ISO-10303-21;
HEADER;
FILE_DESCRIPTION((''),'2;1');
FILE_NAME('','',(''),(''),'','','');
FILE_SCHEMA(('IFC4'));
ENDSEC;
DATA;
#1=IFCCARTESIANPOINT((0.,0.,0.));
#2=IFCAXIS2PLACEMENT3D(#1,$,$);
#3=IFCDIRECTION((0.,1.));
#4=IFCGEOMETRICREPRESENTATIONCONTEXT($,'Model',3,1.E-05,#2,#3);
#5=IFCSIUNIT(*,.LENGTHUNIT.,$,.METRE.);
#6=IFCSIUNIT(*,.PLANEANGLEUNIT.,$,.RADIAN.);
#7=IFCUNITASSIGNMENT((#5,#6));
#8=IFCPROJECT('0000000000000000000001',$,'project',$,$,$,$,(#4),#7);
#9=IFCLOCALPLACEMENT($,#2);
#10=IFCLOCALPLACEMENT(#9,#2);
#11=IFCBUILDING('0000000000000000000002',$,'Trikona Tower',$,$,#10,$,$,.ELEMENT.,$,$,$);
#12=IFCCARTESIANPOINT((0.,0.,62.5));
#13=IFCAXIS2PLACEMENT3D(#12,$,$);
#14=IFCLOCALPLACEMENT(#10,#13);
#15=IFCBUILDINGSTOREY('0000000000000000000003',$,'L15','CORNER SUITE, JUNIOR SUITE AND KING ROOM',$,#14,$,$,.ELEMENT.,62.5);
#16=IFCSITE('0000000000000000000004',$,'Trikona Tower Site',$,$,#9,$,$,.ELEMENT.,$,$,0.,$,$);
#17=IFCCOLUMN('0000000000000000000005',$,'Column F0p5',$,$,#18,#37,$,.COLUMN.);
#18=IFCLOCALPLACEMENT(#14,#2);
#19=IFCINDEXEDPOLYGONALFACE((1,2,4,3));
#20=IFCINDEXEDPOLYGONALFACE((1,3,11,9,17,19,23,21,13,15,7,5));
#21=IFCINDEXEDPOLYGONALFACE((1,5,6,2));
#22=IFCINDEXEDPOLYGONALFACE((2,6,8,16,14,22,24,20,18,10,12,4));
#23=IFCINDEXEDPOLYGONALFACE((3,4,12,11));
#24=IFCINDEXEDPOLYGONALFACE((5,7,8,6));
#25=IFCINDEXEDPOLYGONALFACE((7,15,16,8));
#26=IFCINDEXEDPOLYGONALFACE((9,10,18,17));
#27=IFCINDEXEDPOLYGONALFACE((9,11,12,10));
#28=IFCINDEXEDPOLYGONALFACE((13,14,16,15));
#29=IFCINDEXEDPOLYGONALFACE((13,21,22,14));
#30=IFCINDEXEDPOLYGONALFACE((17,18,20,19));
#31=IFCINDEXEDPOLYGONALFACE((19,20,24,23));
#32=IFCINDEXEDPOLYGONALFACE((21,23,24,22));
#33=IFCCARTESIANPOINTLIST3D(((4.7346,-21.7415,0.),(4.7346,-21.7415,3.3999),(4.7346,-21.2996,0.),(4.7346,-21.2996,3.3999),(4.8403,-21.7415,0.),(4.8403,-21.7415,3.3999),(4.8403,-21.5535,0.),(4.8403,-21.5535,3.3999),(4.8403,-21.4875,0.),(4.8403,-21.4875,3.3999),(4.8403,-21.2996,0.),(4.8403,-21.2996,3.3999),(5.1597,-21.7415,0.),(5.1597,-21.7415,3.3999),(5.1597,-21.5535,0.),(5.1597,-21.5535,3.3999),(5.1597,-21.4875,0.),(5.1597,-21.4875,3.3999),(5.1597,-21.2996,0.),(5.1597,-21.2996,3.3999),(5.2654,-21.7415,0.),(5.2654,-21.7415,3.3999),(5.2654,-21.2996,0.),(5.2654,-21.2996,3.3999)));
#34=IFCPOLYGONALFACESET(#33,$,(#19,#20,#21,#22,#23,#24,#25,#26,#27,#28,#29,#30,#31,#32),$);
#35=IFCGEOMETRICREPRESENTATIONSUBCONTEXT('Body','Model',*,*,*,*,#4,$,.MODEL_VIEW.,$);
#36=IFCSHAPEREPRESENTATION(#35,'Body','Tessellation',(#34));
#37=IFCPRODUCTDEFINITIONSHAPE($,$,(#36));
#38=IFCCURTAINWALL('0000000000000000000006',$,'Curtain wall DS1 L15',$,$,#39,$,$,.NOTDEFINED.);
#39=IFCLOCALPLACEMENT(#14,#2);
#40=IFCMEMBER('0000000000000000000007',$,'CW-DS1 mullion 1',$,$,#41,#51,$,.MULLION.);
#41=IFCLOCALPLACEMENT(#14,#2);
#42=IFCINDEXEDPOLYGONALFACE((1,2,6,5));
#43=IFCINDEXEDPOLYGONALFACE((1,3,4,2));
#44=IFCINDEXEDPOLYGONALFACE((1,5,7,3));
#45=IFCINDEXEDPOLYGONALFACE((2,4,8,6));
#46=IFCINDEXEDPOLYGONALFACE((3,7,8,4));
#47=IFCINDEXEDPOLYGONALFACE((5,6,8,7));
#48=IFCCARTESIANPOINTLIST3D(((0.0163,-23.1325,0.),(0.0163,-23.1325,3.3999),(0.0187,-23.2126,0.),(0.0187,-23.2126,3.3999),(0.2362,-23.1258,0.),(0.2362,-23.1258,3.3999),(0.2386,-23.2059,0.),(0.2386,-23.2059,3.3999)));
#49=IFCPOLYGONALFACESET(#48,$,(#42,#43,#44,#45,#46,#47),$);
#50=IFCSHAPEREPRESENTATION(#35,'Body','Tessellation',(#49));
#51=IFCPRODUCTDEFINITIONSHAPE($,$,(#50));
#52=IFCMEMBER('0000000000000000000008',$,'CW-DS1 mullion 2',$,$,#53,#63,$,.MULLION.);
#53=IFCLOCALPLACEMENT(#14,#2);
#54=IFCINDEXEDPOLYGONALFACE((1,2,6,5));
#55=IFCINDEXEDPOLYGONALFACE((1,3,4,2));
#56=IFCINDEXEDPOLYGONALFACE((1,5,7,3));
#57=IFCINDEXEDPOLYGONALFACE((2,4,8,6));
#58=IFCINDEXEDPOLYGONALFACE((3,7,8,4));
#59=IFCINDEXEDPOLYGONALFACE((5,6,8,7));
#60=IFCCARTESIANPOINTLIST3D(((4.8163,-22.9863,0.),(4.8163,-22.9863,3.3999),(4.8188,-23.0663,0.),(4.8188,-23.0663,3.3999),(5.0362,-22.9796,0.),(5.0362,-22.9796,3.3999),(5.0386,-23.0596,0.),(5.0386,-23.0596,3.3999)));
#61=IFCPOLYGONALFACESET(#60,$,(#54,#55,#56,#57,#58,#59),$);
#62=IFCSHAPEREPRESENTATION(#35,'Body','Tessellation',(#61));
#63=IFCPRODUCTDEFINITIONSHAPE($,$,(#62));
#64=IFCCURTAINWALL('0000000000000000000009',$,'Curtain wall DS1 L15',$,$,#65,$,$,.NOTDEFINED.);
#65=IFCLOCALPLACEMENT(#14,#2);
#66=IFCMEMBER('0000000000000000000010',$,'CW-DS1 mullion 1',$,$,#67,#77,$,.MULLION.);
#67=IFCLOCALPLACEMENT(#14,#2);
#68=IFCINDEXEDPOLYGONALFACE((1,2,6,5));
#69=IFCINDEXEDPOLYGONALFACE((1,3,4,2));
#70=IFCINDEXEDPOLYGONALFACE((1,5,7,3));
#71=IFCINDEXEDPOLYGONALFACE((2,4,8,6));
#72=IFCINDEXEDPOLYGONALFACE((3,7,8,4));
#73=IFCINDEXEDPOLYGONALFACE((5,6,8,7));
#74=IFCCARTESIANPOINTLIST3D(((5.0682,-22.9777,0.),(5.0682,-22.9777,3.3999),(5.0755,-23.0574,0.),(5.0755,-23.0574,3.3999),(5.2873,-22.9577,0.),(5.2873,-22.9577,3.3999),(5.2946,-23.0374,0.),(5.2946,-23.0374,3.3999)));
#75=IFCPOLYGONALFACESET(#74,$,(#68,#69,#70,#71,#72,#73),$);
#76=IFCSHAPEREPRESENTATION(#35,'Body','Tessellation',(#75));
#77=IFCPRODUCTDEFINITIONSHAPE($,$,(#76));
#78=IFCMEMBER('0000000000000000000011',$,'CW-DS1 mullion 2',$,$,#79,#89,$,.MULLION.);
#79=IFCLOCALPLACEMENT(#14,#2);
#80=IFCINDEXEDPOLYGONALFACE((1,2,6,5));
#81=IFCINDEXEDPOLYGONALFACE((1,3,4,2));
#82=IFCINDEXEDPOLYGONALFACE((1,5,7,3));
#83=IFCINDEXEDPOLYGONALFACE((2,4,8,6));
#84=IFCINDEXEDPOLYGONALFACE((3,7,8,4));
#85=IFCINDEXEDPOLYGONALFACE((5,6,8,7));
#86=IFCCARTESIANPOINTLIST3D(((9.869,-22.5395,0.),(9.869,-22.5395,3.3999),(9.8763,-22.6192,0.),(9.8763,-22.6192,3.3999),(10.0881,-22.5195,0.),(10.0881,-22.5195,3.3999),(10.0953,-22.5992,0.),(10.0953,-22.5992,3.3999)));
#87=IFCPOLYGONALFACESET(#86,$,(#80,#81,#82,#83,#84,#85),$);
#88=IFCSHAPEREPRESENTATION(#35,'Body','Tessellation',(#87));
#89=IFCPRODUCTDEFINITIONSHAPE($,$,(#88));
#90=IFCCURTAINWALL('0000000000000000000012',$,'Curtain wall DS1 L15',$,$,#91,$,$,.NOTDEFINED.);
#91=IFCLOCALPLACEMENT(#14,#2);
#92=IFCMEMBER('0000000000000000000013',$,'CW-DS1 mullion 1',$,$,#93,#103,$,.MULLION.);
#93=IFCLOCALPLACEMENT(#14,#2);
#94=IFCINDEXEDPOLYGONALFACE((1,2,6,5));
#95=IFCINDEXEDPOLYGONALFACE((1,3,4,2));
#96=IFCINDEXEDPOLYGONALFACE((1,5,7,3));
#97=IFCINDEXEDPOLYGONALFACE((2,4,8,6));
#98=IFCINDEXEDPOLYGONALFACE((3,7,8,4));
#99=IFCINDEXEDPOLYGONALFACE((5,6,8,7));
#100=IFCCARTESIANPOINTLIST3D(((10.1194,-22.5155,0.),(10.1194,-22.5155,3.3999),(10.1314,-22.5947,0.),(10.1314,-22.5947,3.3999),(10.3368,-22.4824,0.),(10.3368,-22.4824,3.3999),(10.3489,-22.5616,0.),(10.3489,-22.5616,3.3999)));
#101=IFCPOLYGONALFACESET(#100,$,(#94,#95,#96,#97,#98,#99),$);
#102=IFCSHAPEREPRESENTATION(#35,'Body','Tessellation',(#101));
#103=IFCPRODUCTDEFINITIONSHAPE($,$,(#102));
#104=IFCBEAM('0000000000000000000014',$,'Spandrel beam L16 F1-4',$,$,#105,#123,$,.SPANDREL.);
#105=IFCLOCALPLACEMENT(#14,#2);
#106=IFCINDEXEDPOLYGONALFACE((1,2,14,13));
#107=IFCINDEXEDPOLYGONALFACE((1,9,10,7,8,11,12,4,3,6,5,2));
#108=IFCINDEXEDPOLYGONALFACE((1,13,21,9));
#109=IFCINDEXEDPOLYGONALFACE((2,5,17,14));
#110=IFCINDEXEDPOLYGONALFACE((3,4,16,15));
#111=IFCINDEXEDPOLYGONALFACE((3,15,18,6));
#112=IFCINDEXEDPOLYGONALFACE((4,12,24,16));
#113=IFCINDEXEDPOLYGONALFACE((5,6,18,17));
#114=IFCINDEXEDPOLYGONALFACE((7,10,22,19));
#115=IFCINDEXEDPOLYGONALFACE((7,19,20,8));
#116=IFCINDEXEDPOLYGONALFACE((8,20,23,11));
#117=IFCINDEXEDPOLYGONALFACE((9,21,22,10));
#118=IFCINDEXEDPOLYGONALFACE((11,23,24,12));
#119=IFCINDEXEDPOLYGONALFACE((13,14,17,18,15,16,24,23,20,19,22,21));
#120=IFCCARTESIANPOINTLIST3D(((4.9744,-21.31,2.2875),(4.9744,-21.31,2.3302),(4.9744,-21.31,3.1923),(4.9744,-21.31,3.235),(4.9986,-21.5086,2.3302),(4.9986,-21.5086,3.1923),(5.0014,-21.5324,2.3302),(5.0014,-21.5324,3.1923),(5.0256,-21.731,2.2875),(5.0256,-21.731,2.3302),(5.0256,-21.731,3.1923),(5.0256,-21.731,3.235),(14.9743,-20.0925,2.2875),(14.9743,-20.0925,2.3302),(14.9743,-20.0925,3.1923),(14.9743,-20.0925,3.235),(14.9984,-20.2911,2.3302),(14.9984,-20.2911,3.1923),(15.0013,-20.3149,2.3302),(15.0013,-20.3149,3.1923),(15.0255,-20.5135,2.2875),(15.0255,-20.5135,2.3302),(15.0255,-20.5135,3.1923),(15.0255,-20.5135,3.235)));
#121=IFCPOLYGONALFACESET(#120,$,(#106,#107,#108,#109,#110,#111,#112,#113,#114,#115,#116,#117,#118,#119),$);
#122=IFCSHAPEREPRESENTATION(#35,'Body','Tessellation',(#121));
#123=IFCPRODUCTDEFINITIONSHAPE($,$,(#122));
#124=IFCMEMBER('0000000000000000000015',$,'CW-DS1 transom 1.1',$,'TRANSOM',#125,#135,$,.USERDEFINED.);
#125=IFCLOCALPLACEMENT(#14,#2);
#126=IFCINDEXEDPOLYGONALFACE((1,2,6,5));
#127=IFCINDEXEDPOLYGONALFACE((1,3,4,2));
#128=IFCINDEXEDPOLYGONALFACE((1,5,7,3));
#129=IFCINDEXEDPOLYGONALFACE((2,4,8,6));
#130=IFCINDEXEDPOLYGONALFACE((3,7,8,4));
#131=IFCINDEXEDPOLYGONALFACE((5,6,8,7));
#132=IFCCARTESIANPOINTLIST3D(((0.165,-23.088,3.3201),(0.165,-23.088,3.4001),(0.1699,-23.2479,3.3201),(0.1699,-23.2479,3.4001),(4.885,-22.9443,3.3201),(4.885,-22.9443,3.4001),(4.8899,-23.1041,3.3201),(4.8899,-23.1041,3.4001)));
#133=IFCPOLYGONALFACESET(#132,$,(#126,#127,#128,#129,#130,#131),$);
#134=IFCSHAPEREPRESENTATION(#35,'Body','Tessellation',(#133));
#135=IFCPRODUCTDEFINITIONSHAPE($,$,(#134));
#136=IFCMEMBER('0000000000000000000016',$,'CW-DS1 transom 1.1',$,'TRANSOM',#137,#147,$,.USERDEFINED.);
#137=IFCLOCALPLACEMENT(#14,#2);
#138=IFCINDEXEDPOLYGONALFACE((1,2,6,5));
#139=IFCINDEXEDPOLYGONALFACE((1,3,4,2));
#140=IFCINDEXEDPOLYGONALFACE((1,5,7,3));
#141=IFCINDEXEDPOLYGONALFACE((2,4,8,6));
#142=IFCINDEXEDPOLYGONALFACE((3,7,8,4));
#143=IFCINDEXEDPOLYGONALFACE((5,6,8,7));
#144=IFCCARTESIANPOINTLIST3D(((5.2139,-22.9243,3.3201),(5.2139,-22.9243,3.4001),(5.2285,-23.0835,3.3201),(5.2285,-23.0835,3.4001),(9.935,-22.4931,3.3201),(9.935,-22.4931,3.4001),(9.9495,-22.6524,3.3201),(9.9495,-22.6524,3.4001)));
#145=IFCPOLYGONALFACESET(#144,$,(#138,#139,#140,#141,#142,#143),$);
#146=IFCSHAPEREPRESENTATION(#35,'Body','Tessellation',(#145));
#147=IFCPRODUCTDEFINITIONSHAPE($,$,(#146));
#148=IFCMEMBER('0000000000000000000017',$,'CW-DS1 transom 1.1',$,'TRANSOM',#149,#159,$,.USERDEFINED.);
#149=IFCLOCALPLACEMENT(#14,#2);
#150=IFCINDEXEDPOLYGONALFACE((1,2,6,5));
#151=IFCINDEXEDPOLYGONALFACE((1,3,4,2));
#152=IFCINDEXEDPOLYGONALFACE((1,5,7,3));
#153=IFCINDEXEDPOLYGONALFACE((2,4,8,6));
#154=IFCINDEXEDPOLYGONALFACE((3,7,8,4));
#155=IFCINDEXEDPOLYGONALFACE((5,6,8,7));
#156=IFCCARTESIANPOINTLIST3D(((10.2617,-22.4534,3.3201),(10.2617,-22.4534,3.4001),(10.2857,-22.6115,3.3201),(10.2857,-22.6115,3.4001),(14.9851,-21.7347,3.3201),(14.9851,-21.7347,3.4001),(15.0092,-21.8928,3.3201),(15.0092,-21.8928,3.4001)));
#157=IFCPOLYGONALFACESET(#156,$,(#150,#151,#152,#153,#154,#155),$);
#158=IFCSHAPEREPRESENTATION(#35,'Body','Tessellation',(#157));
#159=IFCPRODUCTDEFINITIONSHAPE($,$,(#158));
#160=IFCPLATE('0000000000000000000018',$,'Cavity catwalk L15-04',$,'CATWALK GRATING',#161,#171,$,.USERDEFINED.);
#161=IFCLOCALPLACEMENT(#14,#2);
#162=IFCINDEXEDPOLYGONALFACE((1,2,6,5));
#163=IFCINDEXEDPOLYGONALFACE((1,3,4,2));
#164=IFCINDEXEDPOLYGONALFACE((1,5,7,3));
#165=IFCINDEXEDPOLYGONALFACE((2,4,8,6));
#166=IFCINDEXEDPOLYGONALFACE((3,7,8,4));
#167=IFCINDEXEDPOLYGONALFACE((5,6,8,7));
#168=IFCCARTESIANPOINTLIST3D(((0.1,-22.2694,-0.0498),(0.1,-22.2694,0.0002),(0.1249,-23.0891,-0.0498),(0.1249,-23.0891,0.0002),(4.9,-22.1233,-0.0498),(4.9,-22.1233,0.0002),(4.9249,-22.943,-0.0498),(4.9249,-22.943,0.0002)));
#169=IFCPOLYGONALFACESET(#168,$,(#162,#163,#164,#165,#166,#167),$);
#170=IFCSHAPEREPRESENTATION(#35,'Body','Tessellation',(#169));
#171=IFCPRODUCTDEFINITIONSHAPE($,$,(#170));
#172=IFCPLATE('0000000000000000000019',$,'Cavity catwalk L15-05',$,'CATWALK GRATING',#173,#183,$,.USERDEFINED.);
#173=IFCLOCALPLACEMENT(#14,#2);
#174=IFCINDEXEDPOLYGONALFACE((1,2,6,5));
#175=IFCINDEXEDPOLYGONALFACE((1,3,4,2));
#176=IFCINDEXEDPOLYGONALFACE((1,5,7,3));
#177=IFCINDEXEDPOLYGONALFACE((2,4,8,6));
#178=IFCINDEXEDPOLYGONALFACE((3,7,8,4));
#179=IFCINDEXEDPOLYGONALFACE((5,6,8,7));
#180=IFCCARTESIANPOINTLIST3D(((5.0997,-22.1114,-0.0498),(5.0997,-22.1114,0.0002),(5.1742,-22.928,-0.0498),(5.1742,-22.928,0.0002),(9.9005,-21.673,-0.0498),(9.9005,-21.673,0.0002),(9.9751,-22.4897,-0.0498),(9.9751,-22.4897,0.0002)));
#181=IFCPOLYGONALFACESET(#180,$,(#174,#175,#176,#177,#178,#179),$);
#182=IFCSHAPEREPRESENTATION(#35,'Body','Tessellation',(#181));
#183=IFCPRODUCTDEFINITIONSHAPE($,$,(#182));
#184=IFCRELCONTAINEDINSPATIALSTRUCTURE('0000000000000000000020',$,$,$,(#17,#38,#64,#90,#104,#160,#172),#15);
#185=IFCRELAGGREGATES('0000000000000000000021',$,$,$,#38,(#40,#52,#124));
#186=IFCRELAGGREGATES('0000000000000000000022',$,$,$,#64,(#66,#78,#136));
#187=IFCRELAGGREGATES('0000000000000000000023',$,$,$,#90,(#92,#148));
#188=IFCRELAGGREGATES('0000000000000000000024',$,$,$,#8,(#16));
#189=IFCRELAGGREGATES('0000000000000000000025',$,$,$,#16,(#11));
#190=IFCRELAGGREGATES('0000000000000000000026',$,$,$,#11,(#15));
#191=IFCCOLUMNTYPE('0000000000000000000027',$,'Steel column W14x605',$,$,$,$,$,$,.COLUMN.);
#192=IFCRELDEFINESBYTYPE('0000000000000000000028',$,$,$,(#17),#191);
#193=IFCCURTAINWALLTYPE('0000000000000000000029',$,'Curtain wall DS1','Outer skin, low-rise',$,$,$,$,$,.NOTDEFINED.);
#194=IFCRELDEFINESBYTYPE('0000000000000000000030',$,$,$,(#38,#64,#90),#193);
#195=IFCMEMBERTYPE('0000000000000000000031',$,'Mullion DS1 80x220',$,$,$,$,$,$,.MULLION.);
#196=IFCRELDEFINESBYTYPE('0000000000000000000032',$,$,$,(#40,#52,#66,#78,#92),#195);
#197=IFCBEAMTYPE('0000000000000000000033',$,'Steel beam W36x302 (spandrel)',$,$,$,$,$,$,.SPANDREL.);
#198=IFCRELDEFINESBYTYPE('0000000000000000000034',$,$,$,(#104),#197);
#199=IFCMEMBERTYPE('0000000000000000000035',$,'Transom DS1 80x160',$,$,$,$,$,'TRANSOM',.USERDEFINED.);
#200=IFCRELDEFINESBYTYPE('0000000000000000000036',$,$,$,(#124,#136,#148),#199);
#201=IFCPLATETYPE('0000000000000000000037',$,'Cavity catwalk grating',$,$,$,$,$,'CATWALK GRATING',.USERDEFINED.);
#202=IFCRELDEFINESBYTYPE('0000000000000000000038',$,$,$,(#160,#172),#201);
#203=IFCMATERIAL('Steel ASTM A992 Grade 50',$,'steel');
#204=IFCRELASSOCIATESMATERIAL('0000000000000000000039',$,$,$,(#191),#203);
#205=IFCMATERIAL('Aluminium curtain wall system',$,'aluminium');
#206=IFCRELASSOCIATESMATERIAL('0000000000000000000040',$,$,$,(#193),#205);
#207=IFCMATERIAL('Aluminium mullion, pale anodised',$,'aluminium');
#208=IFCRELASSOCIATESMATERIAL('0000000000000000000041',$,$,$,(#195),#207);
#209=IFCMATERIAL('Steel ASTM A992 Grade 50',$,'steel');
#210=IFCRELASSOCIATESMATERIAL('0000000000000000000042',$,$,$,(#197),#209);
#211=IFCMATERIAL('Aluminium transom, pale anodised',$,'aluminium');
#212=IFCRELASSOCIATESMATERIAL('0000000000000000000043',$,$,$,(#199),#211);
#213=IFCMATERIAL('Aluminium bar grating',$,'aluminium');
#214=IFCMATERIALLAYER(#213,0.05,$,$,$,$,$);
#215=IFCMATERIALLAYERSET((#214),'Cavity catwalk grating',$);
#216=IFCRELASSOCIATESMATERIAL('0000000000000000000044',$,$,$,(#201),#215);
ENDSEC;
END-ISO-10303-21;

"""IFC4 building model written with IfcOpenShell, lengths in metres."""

from ifc_helpers import new_model, si_unit, direction, frame, origin, origin_2d, place, context, subcontext, project, spatial, rectangle, i_section, extrude, material, layer, layer_set, material_profile, profile_set, type_object, element, aggregate, save


model = new_model("IFC4")

# Units and contexts
model_context = context("Model", 3, precision=1e-05, world=origin(), true_north=direction((0.0, 1.0)))
body_context = subcontext(model_context, "Body", "Model", "MODEL_VIEW")
ifc_project = project(units=[si_unit("LENGTHUNIT", "METRE"), si_unit("PLANEANGLEUNIT", "RADIAN")], contexts=[model_context])

# Site, building, storey
site_placement = place(None, origin())
site = spatial("IfcSite", under=ifc_project, at=site_placement, Name="Trikona Tower Site", CompositionType="ELEMENT", RefElevation=0.0)
building_placement = place(site_placement, origin())
building = spatial("IfcBuilding", under=site, at=building_placement, Name="Trikona Tower", CompositionType="ELEMENT")
storey_placement = place(building_placement, frame((0.0, 0.0, 62.5)))
storey = spatial("IfcBuildingStorey", under=building, at=storey_placement, Name="L15", Description="CORNER SUITE, JUNIOR SUITE AND KING ROOM", CompositionType="ELEMENT", Elevation=62.5)

# Column
ifc_material_1 = material(Name="Steel ASTM A992 Grade 50", Category="steel")
ifc_material_profile_1 = material_profile(ifc_material_1, i_section(OverallWidth=0.4419, OverallDepth=0.5308, WebThickness=0.0659, FlangeThickness=0.1057, at=origin_2d()), Name="W14X605")
ifc_profile_set_1 = profile_set([ifc_material_profile_1], Name="Steel ASTM A992 Grade 50")
column_type = type_object("IfcColumnType", Name="Steel column W14x605", PredefinedType="COLUMN", material=ifc_profile_set_1)
column_placement = place(storey_placement, frame((5.0, -21.5205, 0.0), z_axis=(0.0, 0.0, 1.0), x_axis=(0.0, -1.0, 0.0)))
element("IfcColumn", 1, at=column_placement, inside=storey, type_object=column_type, Name="Column F0p5", PredefinedType="COLUMN", context=body_context, shape_type="SweptSolid", body=[
    extrude(i_section(OverallWidth=0.4419, OverallDepth=0.5308, WebThickness=0.0659, FlangeThickness=0.1057, at=origin_2d()), origin(), (0.0, 0.0, 1.0), 3.3999),
])

# Curtain walls, members
ifc_material_2 = material(Name="Aluminium curtain wall system", Category="aluminium")
curtain_wall_type = type_object("IfcCurtainWallType", Name="Curtain wall DS1", Description="Outer skin, low-rise", PredefinedType="NOTDEFINED", material=ifc_material_2)
curtain_wall_1_placement = place(storey_placement, origin())
curtain_wall_1 = element("IfcCurtainWall", 2, at=curtain_wall_1_placement, inside=storey, type_object=curtain_wall_type, Name="Curtain wall DS1 L15", PredefinedType="NOTDEFINED")
ifc_material_3 = material(Name="Aluminium mullion, pale anodised", Category="aluminium")
ifc_material_profile_2 = material_profile(ifc_material_3, rectangle(XDim=0.0801, YDim=0.22, at=origin_2d()), Name="MUL-DS1")
ifc_profile_set_2 = profile_set([ifc_material_profile_2], Name="Aluminium mullion, pale anodised")
member_type_1 = type_object("IfcMemberType", Name="Mullion DS1 80x220", PredefinedType="MULLION", material=ifc_profile_set_2)
member_1_placement = place(storey_placement, frame((0.1274, -23.1692, 0.0), z_axis=(0.0, 0.0, 1.0), x_axis=(-0.030437, 0.999537, 0.0)))
member_1 = element("IfcMember", 3, at=member_1_placement, type_object=member_type_1, Name="CW-DS1 mullion 1", PredefinedType="MULLION", context=body_context, shape_type="SweptSolid", body=[
    extrude(rectangle(XDim=0.0801, YDim=0.22, at=origin_2d()), origin(), (0.0, 0.0, 1.0), 3.3999),
])
member_2_placement = place(storey_placement, frame((4.9275, -23.0229, 0.0), z_axis=(0.0, 0.0, 1.0), x_axis=(-0.030437, 0.999537, 0.0)))
member_2 = element("IfcMember", 4, at=member_2_placement, type_object=member_type_1, Name="CW-DS1 mullion 2", PredefinedType="MULLION", context=body_context, shape_type="SweptSolid", body=[
    extrude(rectangle(XDim=0.0801, YDim=0.22, at=origin_2d()), origin(), (0.0, 0.0, 1.0), 3.3999),
])
curtain_wall_2_placement = place(storey_placement, origin())
curtain_wall_2 = element("IfcCurtainWall", 5, at=curtain_wall_2_placement, inside=storey, type_object=curtain_wall_type, Name="Curtain wall DS1 L15", PredefinedType="NOTDEFINED")
member_3_placement = place(storey_placement, frame((5.1814, -23.0076, 0.0), z_axis=(0.0, 0.0, 1.0), x_axis=(-0.090924, 0.995858, 0.0)))
member_3 = element("IfcMember", 6, at=member_3_placement, type_object=member_type_1, Name="CW-DS1 mullion 1", PredefinedType="MULLION", context=body_context, shape_type="SweptSolid", body=[
    extrude(rectangle(XDim=0.0801, YDim=0.22, at=origin_2d()), origin(), (0.0, 0.0, 1.0), 3.3999),
])
member_4_placement = place(storey_placement, frame((9.9822, -22.5693, 0.0), z_axis=(0.0, 0.0, 1.0), x_axis=(-0.090924, 0.995858, 0.0)))
member_4 = element("IfcMember", 7, at=member_4_placement, type_object=member_type_1, Name="CW-DS1 mullion 2", PredefinedType="MULLION", context=body_context, shape_type="SweptSolid", body=[
    extrude(rectangle(XDim=0.0801, YDim=0.22, at=origin_2d()), origin(), (0.0, 0.0, 1.0), 3.3999),
])

# Curtain wall, member
curtain_wall_3_placement = place(storey_placement, origin())
curtain_wall_3 = element("IfcCurtainWall", 8, at=curtain_wall_3_placement, inside=storey, type_object=curtain_wall_type, Name="Curtain wall DS1 L15", PredefinedType="NOTDEFINED")
member_5_placement = place(storey_placement, frame((10.2341, -22.5386, 0.0), z_axis=(0.0, 0.0, 1.0), x_axis=(-0.150438, 0.988619, 0.0)))
member_5 = element("IfcMember", 9, at=member_5_placement, type_object=member_type_1, Name="CW-DS1 mullion 1", PredefinedType="MULLION", context=body_context, shape_type="SweptSolid", body=[
    extrude(rectangle(XDim=0.0801, YDim=0.22, at=origin_2d()), origin(), (0.0, 0.0, 1.0), 3.3999),
])

# Beam
ifc_material_4 = material(Name="Steel ASTM A992 Grade 50", Category="steel")
ifc_material_profile_3 = material_profile(ifc_material_4, i_section(OverallWidth=0.4241, OverallDepth=0.9475, WebThickness=0.0239, FlangeThickness=0.0427, at=origin_2d()), Name="W36X302")
ifc_profile_set_3 = profile_set([ifc_material_profile_3], Name="Steel ASTM A992 Grade 50")
beam_type = type_object("IfcBeamType", Name="Steel beam W36x302 (spandrel)", PredefinedType="SPANDREL", material=ifc_profile_set_3)
beam_placement = place(storey_placement, frame((5.0, -21.5205, 2.7612), z_axis=(0.99267, 0.12086, 0.0), x_axis=(-0.12086, 0.99267, 0.0)))
element("IfcBeam", 10, at=beam_placement, inside=storey, type_object=beam_type, Name="Spandrel beam L16 F1-4", PredefinedType="SPANDREL", context=body_context, shape_type="SweptSolid", body=[
    extrude(i_section(OverallWidth=0.4241, OverallDepth=0.9475, WebThickness=0.0239, FlangeThickness=0.0427, at=origin_2d()), origin(), (0.0, 0.0, 1.0), 10.0737),
])

# Members
ifc_material_5 = material(Name="Aluminium transom, pale anodised", Category="aluminium")
ifc_material_profile_4 = material_profile(ifc_material_5, rectangle(XDim=0.1599, YDim=0.0801, at=origin_2d()), Name="TRN-DS1")
ifc_profile_set_4 = profile_set([ifc_material_profile_4], Name="Aluminium transom, pale anodised")
member_type_2 = type_object("IfcMemberType", Name="Transom DS1 80x160", ElementType="TRANSOM", PredefinedType="USERDEFINED", material=ifc_profile_set_4)
member_6_placement = place(storey_placement, frame((0.1675, -23.168, 3.3601), z_axis=(0.999536, 0.030452, 0.0), x_axis=(-0.030452, 0.999536, 0.0)))
member_6 = element("IfcMember", 11, at=member_6_placement, type_object=member_type_2, Name="CW-DS1 transom 1.1", ObjectType="TRANSOM", PredefinedType="USERDEFINED", context=body_context, shape_type="SweptSolid", body=[
    extrude(rectangle(XDim=0.1599, YDim=0.0801, at=origin_2d()), origin(), (0.0, 0.0, 1.0), 4.7222),
])
member_7_placement = place(storey_placement, frame((5.2212, -23.0039, 3.3601), z_axis=(0.995856, 0.090944, 0.0), x_axis=(-0.090944, 0.995856, 0.0)))
member_7 = element("IfcMember", 12, at=member_7_placement, type_object=member_type_2, Name="CW-DS1 transom 1.1", ObjectType="TRANSOM", PredefinedType="USERDEFINED", context=body_context, shape_type="SweptSolid", body=[
    extrude(rectangle(XDim=0.1599, YDim=0.0801, at=origin_2d()), origin(), (0.0, 0.0, 1.0), 4.7407),
])
member_8_placement = place(storey_placement, frame((10.2737, -22.5325, 3.3601), z_axis=(0.98862, 0.150437, 0.0), x_axis=(-0.150437, 0.98862, 0.0)))
member_8 = element("IfcMember", 13, at=member_8_placement, type_object=member_type_2, Name="CW-DS1 transom 1.1", ObjectType="TRANSOM", PredefinedType="USERDEFINED", context=body_context, shape_type="SweptSolid", body=[
    extrude(rectangle(XDim=0.1599, YDim=0.0801, at=origin_2d()), origin(), (0.0, 0.0, 1.0), 4.7778),
])

# Plates
ifc_material_6 = material(Name="Aluminium bar grating", Category="aluminium")
ifc_layer_1 = layer(ifc_material_6, 0.05)
ifc_layer_set_1 = layer_set([ifc_layer_1], Name="Cavity catwalk grating")
plate_type_1 = type_object("IfcPlateType", Name="Cavity catwalk grating", ElementType="CATWALK GRATING", PredefinedType="USERDEFINED", material=ifc_layer_set_1)
plate_1_placement = place(storey_placement, frame((2.5125, -22.6062, -0.0498), z_axis=(0.0, 0.0, 1.0), x_axis=(0.999537, 0.030425, 0.0)))
element("IfcPlate", 14, at=plate_1_placement, inside=storey, type_object=plate_type_1, Name="Cavity catwalk L15-04", ObjectType="CATWALK GRATING", PredefinedType="USERDEFINED", context=body_context, shape_type="SweptSolid", body=[
    extrude(rectangle(XDim=4.8022, YDim=0.8201, at=origin_2d()), origin(), (0.0, 0.0, 1.0), 0.05),
])
plate_2_placement = place(storey_placement, frame((7.5374, -22.3005, -0.0498), z_axis=(0.0, 0.0, 1.0), x_axis=(0.995858, 0.090921, 0.0)))
element("IfcPlate", 15, at=plate_2_placement, inside=storey, type_object=plate_type_1, Name="Cavity catwalk L15-05", ObjectType="CATWALK GRATING", PredefinedType="USERDEFINED", context=body_context, shape_type="SweptSolid", body=[
    extrude(rectangle(XDim=4.8208, YDim=0.8201, at=origin_2d()), origin(), (0.0, 0.0, 1.0), 0.05),
])

aggregate(curtain_wall_1, [member_1, member_2, member_6])
aggregate(curtain_wall_2, [member_3, member_4, member_7])
aggregate(curtain_wall_3, [member_5, member_8])

save(model, "model.ifc")
